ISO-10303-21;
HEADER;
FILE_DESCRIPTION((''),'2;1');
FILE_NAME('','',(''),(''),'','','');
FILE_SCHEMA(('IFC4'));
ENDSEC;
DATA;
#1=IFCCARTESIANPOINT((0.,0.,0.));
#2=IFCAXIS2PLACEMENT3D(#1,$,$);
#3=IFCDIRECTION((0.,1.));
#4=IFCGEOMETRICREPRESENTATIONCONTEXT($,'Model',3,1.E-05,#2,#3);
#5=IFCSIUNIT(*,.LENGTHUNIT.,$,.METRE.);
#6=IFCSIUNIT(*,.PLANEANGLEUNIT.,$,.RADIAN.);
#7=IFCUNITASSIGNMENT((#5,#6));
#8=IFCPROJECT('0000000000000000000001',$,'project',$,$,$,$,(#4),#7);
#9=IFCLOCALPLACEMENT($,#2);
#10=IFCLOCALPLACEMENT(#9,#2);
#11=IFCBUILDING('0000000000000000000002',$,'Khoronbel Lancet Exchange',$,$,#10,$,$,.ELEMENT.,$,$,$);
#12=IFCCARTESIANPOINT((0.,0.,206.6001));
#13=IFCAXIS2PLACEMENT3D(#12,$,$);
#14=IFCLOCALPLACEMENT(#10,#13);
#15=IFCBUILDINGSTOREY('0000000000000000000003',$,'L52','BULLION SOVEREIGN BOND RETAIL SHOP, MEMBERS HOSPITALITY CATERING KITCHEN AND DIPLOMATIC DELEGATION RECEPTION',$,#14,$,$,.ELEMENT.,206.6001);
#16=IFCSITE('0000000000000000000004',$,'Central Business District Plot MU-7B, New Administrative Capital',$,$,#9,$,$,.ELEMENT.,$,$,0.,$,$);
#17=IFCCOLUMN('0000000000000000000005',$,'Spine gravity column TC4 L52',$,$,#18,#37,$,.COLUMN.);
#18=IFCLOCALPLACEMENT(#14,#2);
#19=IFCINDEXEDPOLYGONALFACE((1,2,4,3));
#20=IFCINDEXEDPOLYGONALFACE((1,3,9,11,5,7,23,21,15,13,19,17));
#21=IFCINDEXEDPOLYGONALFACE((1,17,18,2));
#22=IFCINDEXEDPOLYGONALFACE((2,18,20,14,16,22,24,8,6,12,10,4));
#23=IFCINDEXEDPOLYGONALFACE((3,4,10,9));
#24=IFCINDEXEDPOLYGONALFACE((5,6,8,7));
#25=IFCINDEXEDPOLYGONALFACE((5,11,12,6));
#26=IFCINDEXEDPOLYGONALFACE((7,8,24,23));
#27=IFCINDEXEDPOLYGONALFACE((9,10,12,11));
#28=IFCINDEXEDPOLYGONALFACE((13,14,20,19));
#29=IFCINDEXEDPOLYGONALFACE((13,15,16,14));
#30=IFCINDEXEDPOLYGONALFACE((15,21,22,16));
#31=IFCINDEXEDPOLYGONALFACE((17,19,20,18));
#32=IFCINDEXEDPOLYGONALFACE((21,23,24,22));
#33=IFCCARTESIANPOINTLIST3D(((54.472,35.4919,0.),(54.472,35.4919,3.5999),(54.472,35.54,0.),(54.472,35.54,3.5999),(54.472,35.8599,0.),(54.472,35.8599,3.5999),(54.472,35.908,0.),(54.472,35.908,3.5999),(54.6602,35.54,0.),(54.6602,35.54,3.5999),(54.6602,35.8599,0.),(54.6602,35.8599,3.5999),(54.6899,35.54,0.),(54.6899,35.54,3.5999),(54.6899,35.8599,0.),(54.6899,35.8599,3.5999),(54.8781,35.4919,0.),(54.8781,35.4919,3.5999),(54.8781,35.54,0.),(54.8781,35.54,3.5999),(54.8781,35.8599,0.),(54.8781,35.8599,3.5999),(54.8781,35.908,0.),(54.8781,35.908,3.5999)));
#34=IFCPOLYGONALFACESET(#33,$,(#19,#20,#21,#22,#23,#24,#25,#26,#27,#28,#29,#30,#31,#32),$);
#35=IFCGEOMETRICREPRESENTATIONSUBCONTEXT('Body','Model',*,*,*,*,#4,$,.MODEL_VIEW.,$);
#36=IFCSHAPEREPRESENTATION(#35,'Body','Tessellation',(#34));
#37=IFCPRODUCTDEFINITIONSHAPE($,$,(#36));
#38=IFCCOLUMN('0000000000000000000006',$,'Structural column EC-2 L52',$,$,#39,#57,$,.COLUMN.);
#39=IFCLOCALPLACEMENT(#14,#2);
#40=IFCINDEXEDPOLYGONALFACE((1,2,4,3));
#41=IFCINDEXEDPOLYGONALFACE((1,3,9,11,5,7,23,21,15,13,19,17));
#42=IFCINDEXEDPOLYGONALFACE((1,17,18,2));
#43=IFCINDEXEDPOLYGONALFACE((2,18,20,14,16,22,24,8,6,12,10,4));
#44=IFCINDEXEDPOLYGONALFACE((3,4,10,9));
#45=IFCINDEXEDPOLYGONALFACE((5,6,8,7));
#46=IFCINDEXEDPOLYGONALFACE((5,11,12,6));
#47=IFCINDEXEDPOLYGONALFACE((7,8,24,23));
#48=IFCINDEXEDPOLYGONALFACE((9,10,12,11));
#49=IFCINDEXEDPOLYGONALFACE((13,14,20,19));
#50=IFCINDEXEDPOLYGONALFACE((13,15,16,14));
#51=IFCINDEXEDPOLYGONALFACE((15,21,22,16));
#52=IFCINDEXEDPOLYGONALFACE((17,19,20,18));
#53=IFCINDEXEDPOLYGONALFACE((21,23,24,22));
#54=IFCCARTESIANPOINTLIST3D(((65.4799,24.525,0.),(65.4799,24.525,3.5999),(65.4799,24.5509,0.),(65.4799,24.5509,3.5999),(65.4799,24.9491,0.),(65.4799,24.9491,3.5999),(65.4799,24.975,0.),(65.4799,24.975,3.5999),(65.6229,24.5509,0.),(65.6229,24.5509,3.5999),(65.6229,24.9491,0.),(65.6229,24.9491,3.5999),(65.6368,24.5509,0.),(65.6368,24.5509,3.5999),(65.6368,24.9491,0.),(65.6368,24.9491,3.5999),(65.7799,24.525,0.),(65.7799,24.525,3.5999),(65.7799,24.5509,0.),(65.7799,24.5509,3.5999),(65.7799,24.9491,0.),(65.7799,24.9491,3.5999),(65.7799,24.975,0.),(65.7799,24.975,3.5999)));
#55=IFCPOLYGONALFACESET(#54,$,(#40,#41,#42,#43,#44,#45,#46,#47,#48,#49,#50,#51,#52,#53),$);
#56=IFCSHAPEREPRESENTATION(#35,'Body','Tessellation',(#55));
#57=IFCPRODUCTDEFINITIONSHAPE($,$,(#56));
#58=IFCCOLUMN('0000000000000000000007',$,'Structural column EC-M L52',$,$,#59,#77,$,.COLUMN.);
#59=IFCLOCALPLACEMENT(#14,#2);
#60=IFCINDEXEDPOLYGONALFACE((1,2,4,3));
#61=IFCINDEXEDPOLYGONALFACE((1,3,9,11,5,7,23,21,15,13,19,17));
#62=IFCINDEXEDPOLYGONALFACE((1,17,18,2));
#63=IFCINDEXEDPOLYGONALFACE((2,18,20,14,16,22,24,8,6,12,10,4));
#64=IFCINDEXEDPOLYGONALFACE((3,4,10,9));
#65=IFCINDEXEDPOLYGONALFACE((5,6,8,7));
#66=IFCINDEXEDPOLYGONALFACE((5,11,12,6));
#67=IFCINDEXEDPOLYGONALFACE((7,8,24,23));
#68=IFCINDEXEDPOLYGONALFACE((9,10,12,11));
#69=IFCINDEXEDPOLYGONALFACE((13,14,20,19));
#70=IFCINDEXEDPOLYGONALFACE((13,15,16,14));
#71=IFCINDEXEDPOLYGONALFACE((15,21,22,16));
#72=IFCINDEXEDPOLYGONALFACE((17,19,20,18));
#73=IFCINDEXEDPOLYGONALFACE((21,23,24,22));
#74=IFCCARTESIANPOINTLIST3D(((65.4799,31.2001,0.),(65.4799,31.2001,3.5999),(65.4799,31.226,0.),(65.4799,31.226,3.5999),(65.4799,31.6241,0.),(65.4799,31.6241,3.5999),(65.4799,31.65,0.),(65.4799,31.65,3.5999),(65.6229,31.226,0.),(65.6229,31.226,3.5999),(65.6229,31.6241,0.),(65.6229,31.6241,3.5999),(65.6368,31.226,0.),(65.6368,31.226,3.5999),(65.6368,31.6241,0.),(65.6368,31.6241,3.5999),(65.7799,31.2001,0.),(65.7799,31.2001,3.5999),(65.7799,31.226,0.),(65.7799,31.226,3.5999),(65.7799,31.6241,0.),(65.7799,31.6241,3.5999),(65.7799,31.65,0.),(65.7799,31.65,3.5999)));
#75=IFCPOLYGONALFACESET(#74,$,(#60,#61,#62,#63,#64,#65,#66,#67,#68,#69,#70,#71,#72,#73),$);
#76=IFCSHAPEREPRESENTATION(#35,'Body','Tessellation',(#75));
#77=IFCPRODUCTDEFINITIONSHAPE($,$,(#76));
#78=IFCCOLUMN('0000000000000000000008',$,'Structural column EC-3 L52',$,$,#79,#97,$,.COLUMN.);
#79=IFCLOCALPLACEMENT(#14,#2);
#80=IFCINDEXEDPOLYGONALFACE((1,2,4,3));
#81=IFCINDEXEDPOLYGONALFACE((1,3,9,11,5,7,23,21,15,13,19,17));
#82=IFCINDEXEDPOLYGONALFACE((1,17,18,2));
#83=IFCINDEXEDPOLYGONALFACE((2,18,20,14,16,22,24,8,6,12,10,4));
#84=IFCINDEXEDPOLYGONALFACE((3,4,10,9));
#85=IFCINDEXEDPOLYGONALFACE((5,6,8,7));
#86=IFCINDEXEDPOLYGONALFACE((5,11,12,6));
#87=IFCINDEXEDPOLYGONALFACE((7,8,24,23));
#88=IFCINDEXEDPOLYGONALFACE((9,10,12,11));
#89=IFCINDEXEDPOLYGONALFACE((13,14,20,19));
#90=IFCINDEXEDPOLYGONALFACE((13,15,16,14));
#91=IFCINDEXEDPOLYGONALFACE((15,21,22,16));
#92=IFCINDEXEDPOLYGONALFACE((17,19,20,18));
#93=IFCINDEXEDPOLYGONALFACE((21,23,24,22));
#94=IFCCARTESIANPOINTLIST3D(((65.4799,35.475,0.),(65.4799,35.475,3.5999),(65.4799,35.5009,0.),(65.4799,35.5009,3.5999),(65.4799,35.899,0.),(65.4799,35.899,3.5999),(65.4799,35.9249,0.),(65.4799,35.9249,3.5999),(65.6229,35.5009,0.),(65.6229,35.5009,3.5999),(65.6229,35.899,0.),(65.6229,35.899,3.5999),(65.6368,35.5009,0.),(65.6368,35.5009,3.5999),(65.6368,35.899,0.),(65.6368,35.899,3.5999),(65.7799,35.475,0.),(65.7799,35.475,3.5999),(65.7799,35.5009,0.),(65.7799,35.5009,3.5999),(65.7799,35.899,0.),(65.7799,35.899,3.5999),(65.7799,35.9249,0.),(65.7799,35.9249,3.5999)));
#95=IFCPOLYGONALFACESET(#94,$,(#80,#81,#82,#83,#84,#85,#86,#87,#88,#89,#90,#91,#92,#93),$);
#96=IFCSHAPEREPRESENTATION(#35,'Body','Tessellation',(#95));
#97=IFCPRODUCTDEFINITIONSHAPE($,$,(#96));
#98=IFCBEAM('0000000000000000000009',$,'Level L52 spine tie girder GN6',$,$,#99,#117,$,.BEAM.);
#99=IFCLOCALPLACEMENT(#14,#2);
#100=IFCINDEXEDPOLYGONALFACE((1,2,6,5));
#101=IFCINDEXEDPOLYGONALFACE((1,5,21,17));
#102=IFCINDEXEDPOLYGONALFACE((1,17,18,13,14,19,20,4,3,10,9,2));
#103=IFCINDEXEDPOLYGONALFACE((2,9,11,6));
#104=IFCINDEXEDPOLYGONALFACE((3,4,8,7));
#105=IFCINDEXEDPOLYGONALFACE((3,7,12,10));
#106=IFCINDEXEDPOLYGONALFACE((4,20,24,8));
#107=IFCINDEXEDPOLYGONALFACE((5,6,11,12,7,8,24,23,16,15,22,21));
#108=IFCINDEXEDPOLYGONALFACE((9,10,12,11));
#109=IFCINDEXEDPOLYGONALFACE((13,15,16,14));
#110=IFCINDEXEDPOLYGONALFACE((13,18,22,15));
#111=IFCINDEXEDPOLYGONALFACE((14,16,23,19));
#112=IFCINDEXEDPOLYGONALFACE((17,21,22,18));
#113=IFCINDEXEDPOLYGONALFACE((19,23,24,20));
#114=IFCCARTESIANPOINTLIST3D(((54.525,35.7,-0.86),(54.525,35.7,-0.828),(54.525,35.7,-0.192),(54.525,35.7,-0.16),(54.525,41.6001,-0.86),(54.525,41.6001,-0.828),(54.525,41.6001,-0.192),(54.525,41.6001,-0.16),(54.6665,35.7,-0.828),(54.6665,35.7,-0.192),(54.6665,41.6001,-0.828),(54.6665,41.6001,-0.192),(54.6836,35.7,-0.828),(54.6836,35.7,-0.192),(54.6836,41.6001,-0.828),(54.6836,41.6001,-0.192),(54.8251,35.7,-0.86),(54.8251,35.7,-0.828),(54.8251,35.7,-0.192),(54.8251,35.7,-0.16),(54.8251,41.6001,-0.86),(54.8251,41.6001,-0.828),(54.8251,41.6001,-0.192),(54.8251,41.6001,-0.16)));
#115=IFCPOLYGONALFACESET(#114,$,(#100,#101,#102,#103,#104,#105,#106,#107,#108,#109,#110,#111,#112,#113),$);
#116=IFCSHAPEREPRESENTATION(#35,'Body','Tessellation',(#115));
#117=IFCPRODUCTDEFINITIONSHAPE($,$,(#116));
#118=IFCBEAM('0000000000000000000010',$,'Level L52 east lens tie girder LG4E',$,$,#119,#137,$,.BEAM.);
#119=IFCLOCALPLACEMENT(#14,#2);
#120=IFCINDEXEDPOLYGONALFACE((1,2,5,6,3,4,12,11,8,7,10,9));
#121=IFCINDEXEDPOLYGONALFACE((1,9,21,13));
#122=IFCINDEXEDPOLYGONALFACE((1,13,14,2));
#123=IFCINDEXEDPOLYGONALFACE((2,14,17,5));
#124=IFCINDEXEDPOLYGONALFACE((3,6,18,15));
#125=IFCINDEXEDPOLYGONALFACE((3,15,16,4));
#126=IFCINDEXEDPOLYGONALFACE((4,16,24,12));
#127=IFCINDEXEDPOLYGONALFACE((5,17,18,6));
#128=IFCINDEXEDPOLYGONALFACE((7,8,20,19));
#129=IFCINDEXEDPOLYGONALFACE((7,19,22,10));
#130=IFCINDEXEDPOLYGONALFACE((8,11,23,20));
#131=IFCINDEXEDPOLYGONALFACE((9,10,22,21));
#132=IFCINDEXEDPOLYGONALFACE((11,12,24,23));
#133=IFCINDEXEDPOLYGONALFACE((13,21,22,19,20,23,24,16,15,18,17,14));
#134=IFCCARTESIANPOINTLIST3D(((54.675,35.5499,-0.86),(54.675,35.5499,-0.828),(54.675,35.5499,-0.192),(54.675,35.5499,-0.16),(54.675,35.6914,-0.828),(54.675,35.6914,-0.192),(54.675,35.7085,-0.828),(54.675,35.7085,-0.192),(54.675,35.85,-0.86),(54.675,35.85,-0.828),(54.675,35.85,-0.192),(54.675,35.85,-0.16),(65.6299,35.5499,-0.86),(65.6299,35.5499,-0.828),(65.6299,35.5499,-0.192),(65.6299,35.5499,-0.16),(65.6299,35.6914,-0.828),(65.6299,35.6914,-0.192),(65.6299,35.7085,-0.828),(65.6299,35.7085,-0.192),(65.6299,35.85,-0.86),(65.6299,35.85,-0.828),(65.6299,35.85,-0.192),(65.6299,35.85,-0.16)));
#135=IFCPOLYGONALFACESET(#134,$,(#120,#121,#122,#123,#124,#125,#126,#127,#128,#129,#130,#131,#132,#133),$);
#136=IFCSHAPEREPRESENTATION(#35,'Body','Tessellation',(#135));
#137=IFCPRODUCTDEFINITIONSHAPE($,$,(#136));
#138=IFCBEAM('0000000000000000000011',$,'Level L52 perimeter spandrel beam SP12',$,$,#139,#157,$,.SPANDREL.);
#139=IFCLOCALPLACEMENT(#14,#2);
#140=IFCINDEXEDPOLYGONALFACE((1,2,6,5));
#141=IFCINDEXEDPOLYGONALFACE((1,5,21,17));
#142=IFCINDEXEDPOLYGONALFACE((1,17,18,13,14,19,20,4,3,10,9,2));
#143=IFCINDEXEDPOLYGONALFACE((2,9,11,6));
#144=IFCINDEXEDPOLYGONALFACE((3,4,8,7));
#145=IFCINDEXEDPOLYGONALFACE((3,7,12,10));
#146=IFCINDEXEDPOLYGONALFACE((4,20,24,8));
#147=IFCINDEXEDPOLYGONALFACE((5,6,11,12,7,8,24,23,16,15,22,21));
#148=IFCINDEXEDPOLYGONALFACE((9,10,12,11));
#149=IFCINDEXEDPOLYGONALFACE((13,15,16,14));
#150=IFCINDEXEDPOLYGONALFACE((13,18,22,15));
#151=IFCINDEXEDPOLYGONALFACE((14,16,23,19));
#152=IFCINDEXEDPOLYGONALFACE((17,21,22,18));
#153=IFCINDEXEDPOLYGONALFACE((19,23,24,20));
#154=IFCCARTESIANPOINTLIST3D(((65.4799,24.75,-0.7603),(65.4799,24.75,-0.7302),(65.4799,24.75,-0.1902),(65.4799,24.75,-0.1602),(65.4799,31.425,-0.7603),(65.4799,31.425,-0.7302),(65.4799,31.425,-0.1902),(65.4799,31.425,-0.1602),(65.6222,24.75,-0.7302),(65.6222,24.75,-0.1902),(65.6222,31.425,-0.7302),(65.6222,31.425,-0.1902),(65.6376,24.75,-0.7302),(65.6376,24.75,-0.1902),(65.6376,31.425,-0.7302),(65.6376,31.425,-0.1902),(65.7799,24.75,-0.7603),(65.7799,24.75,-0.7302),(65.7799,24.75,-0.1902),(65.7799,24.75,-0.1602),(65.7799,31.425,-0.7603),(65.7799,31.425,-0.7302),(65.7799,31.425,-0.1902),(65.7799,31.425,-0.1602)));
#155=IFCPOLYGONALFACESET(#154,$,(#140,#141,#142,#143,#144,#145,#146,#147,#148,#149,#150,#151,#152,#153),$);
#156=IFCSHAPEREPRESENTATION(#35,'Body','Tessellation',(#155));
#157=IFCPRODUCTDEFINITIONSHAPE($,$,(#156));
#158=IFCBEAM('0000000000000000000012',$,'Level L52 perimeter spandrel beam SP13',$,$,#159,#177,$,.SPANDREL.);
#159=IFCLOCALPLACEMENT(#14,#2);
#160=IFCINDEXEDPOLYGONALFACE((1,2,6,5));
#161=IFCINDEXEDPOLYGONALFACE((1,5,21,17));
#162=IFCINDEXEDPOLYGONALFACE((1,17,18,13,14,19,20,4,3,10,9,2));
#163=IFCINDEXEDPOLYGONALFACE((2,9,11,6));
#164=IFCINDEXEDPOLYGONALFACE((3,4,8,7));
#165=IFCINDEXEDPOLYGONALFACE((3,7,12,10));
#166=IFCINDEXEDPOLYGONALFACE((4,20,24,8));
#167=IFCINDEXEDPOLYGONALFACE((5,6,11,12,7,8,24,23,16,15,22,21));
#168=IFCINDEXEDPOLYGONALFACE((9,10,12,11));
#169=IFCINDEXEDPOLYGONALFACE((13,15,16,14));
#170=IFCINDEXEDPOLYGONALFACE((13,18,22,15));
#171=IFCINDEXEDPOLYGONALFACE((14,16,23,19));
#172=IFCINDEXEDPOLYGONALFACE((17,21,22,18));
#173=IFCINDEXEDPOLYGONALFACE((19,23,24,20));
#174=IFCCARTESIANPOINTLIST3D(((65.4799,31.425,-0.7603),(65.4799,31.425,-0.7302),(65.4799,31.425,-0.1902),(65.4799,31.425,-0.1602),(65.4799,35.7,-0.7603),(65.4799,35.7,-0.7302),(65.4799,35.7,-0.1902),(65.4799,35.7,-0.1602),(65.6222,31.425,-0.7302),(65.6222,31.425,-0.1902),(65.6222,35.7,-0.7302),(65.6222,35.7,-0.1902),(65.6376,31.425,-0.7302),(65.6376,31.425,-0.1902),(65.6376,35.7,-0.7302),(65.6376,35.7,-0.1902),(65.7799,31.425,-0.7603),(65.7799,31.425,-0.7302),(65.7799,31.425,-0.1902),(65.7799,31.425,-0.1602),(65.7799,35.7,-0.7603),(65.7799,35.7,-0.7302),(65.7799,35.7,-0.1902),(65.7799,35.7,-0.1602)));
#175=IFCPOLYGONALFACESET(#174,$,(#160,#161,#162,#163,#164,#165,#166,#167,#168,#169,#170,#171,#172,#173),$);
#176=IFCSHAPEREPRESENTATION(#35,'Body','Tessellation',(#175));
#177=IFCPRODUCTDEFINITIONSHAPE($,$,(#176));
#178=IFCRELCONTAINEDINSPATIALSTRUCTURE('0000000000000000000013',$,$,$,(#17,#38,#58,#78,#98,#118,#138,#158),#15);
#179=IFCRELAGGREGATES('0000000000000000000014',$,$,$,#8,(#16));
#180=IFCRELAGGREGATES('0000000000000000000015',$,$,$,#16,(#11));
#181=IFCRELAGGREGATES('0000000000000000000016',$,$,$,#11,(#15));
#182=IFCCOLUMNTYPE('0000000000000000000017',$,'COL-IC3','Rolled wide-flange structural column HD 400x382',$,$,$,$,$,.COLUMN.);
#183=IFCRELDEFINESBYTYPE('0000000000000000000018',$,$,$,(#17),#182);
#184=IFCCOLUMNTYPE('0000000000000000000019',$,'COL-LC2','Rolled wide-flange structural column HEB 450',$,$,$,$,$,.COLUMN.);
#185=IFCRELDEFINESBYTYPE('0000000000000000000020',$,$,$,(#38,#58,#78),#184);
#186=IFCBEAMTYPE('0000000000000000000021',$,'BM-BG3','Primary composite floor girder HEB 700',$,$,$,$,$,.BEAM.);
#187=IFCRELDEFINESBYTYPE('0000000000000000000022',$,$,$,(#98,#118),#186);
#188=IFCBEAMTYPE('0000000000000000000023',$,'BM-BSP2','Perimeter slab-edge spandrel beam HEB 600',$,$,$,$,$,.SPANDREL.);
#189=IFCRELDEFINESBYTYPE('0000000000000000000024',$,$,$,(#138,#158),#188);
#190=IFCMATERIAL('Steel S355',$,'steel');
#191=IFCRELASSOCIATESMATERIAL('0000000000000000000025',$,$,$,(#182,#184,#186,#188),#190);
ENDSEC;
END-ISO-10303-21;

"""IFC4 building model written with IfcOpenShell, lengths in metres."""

from ifc_helpers import new_model, si_unit, direction, frame, origin, origin_2d, place, context, subcontext, project, spatial, i_section, extrude, material, material_profile, profile_set, type_object, element, save


model = new_model("IFC4")

# Units and contexts
model_context = context("Model", 3, precision=1e-05, world=origin(), true_north=direction((0.0, 1.0)))
body_context = subcontext(model_context, "Body", "Model", "MODEL_VIEW")
ifc_project = project(units=[si_unit("LENGTHUNIT", "METRE"), si_unit("PLANEANGLEUNIT", "RADIAN")], contexts=[model_context])

# Site, building, storey
site_placement = place(None, origin())
site = spatial("IfcSite", under=ifc_project, at=site_placement, Name="Central Business District Plot MU-7B, New Administrative Capital", CompositionType="ELEMENT", RefElevation=0.0)
building_placement = place(site_placement, origin())
building = spatial("IfcBuilding", under=site, at=building_placement, Name="Khoronbel Lancet Exchange", CompositionType="ELEMENT")
storey_placement = place(building_placement, frame((0.0, 0.0, 206.6001)))
storey = spatial("IfcBuildingStorey", under=building, at=storey_placement, Name="L52", Description="BULLION SOVEREIGN BOND RETAIL SHOP, MEMBERS HOSPITALITY CATERING KITCHEN AND DIPLOMATIC DELEGATION RECEPTION", CompositionType="ELEMENT", Elevation=206.6001)

# Columns
ifc_material_1 = material(Name="Steel S355", Category="steel")
ifc_material_profile_1 = material_profile(ifc_material_1, i_section(OverallWidth=0.406, OverallDepth=0.416, WebThickness=0.0298, FlangeThickness=0.0481, at=origin_2d()), Name="HD 400x382")
ifc_profile_set_1 = profile_set([ifc_material_profile_1], Name="Steel S355")
column_type_1 = type_object("IfcColumnType", Name="COL-IC3", Description="Rolled wide-flange structural column HD 400x382", PredefinedType="COLUMN", material=ifc_profile_set_1)
column_placement = place(storey_placement, frame((54.675, 35.7, 0.0), z_axis=(0.0, 0.0, 1.0), x_axis=(1.0, 0.0, 0.0)))
element("IfcColumn", 1, at=column_placement, inside=storey, type_object=column_type_1, Name="Spine gravity column TC4 L52", PredefinedType="COLUMN", context=body_context, shape_type="SweptSolid", body=[
    extrude(i_section(OverallWidth=0.406, OverallDepth=0.416, WebThickness=0.0298, FlangeThickness=0.0481, at=origin_2d()), origin(), (0.0, 0.0, 1.0), 3.5999),
])
ifc_material_profile_2 = material_profile(ifc_material_1, i_section(OverallWidth=0.3, OverallDepth=0.45, WebThickness=0.0139, FlangeThickness=0.0259, at=origin_2d()), Name="HEB 450")
ifc_profile_set_2 = profile_set([ifc_material_profile_2], Name="Steel S355")
column_type_2 = type_object("IfcColumnType", Name="COL-LC2", Description="Rolled wide-flange structural column HEB 450", PredefinedType="COLUMN", material=ifc_profile_set_2)
for number, where, z_axis, x_axis, name in (
    (2, (65.6299, 24.75, 0.0), (0.0, 0.0, 1.0), (1.0, 0.0, 0.0), "Structural column EC-2 L52"),
    (3, (65.6299, 31.425, 0.0), (0.0, 0.0, 1.0), (1.0, 0.0, 0.0), "Structural column EC-M L52"),
    (4, (65.6299, 35.7, 0.0), (0.0, 0.0, 1.0), (1.0, 0.0, 0.0), "Structural column EC-3 L52"),
):
    element("IfcColumn", number, at=place(storey_placement, frame(where, z_axis=z_axis, x_axis=x_axis)), inside=storey, type_object=column_type_2, Name=name, PredefinedType="COLUMN", context=body_context, shape_type="SweptSolid", body=[
        extrude(i_section(OverallWidth=0.3, OverallDepth=0.45, WebThickness=0.0139, FlangeThickness=0.0259, at=origin_2d()), origin(), (0.0, 0.0, 1.0), 3.5999),
    ])

# Beams
ifc_material_profile_3 = material_profile(ifc_material_1, i_section(OverallWidth=0.3, OverallDepth=0.7, WebThickness=0.0171, FlangeThickness=0.032, at=origin_2d()), Name="HEB 700")
ifc_profile_set_3 = profile_set([ifc_material_profile_3], Name="Steel S355")
beam_type_1 = type_object("IfcBeamType", Name="BM-BG3", Description="Primary composite floor girder HEB 700", PredefinedType="BEAM", material=ifc_profile_set_3)
beam_1_placement = place(storey_placement, frame((54.675, 35.7, -0.51), z_axis=(0.0, 1.0, 0.0), x_axis=(-1.0, 0.0, 0.0)))
element("IfcBeam", 5, at=beam_1_placement, inside=storey, type_object=beam_type_1, Name="Level L52 spine tie girder GN6", PredefinedType="BEAM", context=body_context, shape_type="SweptSolid", body=[
    extrude(i_section(OverallWidth=0.3, OverallDepth=0.7, WebThickness=0.0171, FlangeThickness=0.032, at=origin_2d()), origin(), (0.0, 0.0, 1.0), 5.9001),
])
beam_2_placement = place(storey_placement, frame((54.675, 35.7, -0.51), z_axis=(1.0, 0.0, 0.0), x_axis=(0.0, 1.0, 0.0)))
element("IfcBeam", 6, at=beam_2_placement, inside=storey, type_object=beam_type_1, Name="Level L52 east lens tie girder LG4E", PredefinedType="BEAM", context=body_context, shape_type="SweptSolid", body=[
    extrude(i_section(OverallWidth=0.3, OverallDepth=0.7, WebThickness=0.0171, FlangeThickness=0.032, at=origin_2d()), origin(), (0.0, 0.0, 1.0), 10.9548),
])
ifc_material_profile_4 = material_profile(ifc_material_1, i_section(OverallWidth=0.3, OverallDepth=0.6001, WebThickness=0.0154, FlangeThickness=0.03, at=origin_2d()), Name="HEB 600")
ifc_profile_set_4 = profile_set([ifc_material_profile_4], Name="Steel S355")
beam_type_2 = type_object("IfcBeamType", Name="BM-BSP2", Description="Perimeter slab-edge spandrel beam HEB 600", PredefinedType="SPANDREL", material=ifc_profile_set_4)
beam_3_placement = place(storey_placement, frame((65.6299, 24.75, -0.4602), z_axis=(0.0, 1.0, 0.0), x_axis=(-1.0, 0.0, 0.0)))
element("IfcBeam", 7, at=beam_3_placement, inside=storey, type_object=beam_type_2, Name="Level L52 perimeter spandrel beam SP12", PredefinedType="SPANDREL", context=body_context, shape_type="SweptSolid", body=[
    extrude(i_section(OverallWidth=0.3, OverallDepth=0.6001, WebThickness=0.0154, FlangeThickness=0.03, at=origin_2d()), origin(), (0.0, 0.0, 1.0), 6.675),
])
beam_4_placement = place(storey_placement, frame((65.6299, 31.425, -0.4602), z_axis=(0.0, 1.0, 0.0), x_axis=(-1.0, 0.0, 0.0)))
element("IfcBeam", 8, at=beam_4_placement, inside=storey, type_object=beam_type_2, Name="Level L52 perimeter spandrel beam SP13", PredefinedType="SPANDREL", context=body_context, shape_type="SweptSolid", body=[
    extrude(i_section(OverallWidth=0.3, OverallDepth=0.6001, WebThickness=0.0154, FlangeThickness=0.03, at=origin_2d()), origin(), (0.0, 0.0, 1.0), 4.2749),
])

save(model, "model.ifc")
